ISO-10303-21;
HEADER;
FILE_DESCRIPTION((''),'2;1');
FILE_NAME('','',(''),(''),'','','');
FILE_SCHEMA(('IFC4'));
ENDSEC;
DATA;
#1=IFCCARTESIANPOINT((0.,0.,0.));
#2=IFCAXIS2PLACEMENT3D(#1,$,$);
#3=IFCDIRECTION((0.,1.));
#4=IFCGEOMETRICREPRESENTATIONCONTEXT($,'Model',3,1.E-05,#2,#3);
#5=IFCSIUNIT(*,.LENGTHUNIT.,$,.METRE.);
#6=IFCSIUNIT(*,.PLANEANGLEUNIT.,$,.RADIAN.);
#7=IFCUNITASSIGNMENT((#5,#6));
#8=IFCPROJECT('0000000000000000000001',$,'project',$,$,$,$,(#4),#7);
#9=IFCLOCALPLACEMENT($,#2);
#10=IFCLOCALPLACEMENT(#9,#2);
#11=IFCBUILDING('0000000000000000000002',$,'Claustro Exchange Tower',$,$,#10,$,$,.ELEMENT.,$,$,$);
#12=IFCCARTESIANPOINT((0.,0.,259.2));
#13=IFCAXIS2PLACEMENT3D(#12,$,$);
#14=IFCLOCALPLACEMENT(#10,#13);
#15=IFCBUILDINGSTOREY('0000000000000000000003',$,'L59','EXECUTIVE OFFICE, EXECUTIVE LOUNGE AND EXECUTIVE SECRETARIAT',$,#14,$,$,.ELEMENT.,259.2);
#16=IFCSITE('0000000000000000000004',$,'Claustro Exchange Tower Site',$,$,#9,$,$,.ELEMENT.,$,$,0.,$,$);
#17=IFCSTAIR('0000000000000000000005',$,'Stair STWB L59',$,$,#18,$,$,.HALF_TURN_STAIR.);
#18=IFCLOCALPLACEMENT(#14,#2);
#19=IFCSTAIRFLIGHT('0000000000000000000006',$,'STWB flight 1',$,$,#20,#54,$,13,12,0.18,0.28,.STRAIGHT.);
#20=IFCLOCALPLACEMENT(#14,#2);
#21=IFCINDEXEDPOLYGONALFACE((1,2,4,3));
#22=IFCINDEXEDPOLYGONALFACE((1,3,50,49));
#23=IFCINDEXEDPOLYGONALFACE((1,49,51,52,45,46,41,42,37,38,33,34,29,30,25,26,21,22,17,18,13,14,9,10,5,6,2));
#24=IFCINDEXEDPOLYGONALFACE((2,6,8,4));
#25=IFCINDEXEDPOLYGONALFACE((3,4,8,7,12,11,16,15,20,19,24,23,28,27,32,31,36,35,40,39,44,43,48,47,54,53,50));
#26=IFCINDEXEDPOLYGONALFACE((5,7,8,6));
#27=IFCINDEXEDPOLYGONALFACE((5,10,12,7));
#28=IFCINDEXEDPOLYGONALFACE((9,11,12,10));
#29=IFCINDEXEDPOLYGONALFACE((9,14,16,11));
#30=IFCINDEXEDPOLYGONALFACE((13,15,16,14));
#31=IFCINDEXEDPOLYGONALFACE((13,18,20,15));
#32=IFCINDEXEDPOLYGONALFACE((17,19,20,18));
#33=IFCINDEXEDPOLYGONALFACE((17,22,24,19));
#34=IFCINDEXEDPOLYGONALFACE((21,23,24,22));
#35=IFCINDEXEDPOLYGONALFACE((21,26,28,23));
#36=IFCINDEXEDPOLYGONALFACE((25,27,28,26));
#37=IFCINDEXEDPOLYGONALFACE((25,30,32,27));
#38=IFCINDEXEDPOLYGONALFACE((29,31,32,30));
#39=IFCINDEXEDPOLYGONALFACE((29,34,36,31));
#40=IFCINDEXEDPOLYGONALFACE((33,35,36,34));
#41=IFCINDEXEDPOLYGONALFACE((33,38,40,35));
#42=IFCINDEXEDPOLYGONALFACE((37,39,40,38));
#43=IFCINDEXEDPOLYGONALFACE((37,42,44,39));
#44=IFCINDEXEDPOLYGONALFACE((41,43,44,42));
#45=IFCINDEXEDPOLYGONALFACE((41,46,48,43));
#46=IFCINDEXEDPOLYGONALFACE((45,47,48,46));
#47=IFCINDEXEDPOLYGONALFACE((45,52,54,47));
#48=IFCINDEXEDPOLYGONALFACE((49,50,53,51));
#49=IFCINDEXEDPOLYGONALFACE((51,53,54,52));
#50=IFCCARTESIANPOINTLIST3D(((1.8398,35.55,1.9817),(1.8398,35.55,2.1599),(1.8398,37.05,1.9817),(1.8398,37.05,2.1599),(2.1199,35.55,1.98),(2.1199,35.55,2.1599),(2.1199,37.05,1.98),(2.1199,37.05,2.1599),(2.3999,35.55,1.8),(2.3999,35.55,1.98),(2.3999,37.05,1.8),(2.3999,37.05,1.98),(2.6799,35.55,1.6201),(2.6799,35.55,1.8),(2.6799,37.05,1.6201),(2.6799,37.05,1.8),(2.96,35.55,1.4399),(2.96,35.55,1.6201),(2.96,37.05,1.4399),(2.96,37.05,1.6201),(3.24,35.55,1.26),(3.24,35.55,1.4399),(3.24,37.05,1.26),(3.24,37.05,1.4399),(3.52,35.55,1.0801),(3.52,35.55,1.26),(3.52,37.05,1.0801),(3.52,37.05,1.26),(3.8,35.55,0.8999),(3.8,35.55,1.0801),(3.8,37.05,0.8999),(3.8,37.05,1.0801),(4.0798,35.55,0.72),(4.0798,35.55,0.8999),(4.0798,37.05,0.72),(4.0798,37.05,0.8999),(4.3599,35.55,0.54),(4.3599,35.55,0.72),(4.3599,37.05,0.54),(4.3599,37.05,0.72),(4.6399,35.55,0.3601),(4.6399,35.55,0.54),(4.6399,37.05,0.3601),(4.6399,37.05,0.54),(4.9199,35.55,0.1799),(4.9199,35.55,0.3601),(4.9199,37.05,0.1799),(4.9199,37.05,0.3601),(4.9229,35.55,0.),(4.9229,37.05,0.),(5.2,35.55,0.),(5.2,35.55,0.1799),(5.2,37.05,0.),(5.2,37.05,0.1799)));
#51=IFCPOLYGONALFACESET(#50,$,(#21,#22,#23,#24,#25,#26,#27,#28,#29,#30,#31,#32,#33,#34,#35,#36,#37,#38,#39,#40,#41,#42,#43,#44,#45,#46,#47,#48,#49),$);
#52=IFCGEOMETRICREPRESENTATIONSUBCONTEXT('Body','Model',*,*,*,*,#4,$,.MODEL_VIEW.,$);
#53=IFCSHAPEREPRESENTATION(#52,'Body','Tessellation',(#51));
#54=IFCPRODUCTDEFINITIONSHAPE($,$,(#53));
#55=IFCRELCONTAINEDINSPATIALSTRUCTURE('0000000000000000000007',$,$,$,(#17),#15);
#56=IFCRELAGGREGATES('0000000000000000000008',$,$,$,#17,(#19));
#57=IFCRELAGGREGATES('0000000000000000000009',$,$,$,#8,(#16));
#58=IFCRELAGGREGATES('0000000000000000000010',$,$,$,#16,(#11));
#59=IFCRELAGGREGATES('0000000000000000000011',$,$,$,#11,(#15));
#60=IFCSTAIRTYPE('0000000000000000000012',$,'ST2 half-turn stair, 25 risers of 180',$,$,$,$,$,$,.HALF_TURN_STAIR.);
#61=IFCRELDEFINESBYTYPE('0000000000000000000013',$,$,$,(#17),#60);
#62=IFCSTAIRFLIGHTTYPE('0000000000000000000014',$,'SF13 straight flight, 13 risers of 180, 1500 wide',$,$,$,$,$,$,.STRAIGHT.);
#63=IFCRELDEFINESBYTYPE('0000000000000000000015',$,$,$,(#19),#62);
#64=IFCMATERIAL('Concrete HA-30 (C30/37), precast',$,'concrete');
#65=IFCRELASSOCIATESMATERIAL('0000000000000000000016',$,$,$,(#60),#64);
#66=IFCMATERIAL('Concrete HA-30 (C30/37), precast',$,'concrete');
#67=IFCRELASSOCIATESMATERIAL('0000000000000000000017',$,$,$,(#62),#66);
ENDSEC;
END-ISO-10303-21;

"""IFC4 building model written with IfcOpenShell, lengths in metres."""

from ifc_helpers import new_model, si_unit, direction, frame, origin, place, context, subcontext, project, spatial, polyline, outline, extrude, material, type_object, element, aggregate, save


model = new_model("IFC4")

# Units and contexts
model_context = context("Model", 3, precision=1e-05, world=origin(), true_north=direction((0.0, 1.0)))
body_context = subcontext(model_context, "Body", "Model", "MODEL_VIEW")
ifc_project = project(units=[si_unit("LENGTHUNIT", "METRE"), si_unit("PLANEANGLEUNIT", "RADIAN")], contexts=[model_context])

# Site, building, storey
site_placement = place(None, origin())
site = spatial("IfcSite", under=ifc_project, at=site_placement, Name="Claustro Exchange Tower Site", CompositionType="ELEMENT", RefElevation=0.0)
building_placement = place(site_placement, origin())
building = spatial("IfcBuilding", under=site, at=building_placement, Name="Claustro Exchange Tower", CompositionType="ELEMENT")
storey_placement = place(building_placement, frame((0.0, 0.0, 259.2)))
storey = spatial("IfcBuildingStorey", under=building, at=storey_placement, Name="L59", Description="EXECUTIVE OFFICE, EXECUTIVE LOUNGE AND EXECUTIVE SECRETARIAT", CompositionType="ELEMENT", Elevation=259.2)

# Stair, stair flight
ifc_material_1 = material(Name="Concrete HA-30 (C30/37), precast", Category="concrete")
stair_type = type_object("IfcStairType", Name="ST2 half-turn stair, 25 risers of 180", PredefinedType="HALF_TURN_STAIR", material=ifc_material_1)
stair_placement = place(storey_placement, origin())
stair = element("IfcStair", 1, at=stair_placement, inside=storey, type_object=stair_type, Name="Stair STWB L59", PredefinedType="HALF_TURN_STAIR")
ifc_material_2 = material(Name="Concrete HA-30 (C30/37), precast", Category="concrete")
stair_flight_type_1 = type_object("IfcStairFlightType", Name="SF13 straight flight, 13 risers of 180, 1500 wide", PredefinedType="STRAIGHT", material=ifc_material_2)
stair_flight_1_placement = place(storey_placement, frame((5.2, 36.3, 0.0), z_axis=(0.0, 0.0, 1.0), x_axis=(-1.0, 0.0, 0.0)))
stair_flight_1 = element("IfcStairFlight", 2, at=stair_flight_1_placement, type_object=stair_flight_type_1, Name="STWB flight 1", NumberOfRisers=13, NumberOfTreads=12, PredefinedType="STRAIGHT", RiserHeight=0.18, TreadLength=0.28, context=body_context, shape_type="SweptSolid", body=[
    extrude(outline(polyline([(0.0, 0.0), (0.0, 0.1799), (0.28, 0.1799), (0.28, 0.3601), (0.5601, 0.3601), (0.5601, 0.54), (0.8401, 0.54), (0.8401, 0.72), (1.1201, 0.72), (1.1201, 0.8999), (1.3999, 0.8999), (1.3999, 1.0801), (1.6799, 1.0801), (1.6799, 1.26), (1.96, 1.26), (1.96, 1.4399), (2.24, 1.4399), (2.24, 1.6201), (2.52, 1.6201), (2.52, 1.8), (2.8, 1.8), (2.8, 1.98), (3.0801, 1.98), (3.0801, 2.1599), (3.3601, 2.1599), (3.3601, 2.3401), (3.3601, 1.9817), (0.2771, 0.0), (0.0, 0.0)])), frame((0.0, 0.75, 0.0), z_axis=(0.0, -1.0, 0.0), x_axis=(1.0, 0.0, 0.0)), (0.0, 0.0, 1.0), 1.5),
])
aggregate(stair, [stair_flight_1])

save(model, "model.ifc")
